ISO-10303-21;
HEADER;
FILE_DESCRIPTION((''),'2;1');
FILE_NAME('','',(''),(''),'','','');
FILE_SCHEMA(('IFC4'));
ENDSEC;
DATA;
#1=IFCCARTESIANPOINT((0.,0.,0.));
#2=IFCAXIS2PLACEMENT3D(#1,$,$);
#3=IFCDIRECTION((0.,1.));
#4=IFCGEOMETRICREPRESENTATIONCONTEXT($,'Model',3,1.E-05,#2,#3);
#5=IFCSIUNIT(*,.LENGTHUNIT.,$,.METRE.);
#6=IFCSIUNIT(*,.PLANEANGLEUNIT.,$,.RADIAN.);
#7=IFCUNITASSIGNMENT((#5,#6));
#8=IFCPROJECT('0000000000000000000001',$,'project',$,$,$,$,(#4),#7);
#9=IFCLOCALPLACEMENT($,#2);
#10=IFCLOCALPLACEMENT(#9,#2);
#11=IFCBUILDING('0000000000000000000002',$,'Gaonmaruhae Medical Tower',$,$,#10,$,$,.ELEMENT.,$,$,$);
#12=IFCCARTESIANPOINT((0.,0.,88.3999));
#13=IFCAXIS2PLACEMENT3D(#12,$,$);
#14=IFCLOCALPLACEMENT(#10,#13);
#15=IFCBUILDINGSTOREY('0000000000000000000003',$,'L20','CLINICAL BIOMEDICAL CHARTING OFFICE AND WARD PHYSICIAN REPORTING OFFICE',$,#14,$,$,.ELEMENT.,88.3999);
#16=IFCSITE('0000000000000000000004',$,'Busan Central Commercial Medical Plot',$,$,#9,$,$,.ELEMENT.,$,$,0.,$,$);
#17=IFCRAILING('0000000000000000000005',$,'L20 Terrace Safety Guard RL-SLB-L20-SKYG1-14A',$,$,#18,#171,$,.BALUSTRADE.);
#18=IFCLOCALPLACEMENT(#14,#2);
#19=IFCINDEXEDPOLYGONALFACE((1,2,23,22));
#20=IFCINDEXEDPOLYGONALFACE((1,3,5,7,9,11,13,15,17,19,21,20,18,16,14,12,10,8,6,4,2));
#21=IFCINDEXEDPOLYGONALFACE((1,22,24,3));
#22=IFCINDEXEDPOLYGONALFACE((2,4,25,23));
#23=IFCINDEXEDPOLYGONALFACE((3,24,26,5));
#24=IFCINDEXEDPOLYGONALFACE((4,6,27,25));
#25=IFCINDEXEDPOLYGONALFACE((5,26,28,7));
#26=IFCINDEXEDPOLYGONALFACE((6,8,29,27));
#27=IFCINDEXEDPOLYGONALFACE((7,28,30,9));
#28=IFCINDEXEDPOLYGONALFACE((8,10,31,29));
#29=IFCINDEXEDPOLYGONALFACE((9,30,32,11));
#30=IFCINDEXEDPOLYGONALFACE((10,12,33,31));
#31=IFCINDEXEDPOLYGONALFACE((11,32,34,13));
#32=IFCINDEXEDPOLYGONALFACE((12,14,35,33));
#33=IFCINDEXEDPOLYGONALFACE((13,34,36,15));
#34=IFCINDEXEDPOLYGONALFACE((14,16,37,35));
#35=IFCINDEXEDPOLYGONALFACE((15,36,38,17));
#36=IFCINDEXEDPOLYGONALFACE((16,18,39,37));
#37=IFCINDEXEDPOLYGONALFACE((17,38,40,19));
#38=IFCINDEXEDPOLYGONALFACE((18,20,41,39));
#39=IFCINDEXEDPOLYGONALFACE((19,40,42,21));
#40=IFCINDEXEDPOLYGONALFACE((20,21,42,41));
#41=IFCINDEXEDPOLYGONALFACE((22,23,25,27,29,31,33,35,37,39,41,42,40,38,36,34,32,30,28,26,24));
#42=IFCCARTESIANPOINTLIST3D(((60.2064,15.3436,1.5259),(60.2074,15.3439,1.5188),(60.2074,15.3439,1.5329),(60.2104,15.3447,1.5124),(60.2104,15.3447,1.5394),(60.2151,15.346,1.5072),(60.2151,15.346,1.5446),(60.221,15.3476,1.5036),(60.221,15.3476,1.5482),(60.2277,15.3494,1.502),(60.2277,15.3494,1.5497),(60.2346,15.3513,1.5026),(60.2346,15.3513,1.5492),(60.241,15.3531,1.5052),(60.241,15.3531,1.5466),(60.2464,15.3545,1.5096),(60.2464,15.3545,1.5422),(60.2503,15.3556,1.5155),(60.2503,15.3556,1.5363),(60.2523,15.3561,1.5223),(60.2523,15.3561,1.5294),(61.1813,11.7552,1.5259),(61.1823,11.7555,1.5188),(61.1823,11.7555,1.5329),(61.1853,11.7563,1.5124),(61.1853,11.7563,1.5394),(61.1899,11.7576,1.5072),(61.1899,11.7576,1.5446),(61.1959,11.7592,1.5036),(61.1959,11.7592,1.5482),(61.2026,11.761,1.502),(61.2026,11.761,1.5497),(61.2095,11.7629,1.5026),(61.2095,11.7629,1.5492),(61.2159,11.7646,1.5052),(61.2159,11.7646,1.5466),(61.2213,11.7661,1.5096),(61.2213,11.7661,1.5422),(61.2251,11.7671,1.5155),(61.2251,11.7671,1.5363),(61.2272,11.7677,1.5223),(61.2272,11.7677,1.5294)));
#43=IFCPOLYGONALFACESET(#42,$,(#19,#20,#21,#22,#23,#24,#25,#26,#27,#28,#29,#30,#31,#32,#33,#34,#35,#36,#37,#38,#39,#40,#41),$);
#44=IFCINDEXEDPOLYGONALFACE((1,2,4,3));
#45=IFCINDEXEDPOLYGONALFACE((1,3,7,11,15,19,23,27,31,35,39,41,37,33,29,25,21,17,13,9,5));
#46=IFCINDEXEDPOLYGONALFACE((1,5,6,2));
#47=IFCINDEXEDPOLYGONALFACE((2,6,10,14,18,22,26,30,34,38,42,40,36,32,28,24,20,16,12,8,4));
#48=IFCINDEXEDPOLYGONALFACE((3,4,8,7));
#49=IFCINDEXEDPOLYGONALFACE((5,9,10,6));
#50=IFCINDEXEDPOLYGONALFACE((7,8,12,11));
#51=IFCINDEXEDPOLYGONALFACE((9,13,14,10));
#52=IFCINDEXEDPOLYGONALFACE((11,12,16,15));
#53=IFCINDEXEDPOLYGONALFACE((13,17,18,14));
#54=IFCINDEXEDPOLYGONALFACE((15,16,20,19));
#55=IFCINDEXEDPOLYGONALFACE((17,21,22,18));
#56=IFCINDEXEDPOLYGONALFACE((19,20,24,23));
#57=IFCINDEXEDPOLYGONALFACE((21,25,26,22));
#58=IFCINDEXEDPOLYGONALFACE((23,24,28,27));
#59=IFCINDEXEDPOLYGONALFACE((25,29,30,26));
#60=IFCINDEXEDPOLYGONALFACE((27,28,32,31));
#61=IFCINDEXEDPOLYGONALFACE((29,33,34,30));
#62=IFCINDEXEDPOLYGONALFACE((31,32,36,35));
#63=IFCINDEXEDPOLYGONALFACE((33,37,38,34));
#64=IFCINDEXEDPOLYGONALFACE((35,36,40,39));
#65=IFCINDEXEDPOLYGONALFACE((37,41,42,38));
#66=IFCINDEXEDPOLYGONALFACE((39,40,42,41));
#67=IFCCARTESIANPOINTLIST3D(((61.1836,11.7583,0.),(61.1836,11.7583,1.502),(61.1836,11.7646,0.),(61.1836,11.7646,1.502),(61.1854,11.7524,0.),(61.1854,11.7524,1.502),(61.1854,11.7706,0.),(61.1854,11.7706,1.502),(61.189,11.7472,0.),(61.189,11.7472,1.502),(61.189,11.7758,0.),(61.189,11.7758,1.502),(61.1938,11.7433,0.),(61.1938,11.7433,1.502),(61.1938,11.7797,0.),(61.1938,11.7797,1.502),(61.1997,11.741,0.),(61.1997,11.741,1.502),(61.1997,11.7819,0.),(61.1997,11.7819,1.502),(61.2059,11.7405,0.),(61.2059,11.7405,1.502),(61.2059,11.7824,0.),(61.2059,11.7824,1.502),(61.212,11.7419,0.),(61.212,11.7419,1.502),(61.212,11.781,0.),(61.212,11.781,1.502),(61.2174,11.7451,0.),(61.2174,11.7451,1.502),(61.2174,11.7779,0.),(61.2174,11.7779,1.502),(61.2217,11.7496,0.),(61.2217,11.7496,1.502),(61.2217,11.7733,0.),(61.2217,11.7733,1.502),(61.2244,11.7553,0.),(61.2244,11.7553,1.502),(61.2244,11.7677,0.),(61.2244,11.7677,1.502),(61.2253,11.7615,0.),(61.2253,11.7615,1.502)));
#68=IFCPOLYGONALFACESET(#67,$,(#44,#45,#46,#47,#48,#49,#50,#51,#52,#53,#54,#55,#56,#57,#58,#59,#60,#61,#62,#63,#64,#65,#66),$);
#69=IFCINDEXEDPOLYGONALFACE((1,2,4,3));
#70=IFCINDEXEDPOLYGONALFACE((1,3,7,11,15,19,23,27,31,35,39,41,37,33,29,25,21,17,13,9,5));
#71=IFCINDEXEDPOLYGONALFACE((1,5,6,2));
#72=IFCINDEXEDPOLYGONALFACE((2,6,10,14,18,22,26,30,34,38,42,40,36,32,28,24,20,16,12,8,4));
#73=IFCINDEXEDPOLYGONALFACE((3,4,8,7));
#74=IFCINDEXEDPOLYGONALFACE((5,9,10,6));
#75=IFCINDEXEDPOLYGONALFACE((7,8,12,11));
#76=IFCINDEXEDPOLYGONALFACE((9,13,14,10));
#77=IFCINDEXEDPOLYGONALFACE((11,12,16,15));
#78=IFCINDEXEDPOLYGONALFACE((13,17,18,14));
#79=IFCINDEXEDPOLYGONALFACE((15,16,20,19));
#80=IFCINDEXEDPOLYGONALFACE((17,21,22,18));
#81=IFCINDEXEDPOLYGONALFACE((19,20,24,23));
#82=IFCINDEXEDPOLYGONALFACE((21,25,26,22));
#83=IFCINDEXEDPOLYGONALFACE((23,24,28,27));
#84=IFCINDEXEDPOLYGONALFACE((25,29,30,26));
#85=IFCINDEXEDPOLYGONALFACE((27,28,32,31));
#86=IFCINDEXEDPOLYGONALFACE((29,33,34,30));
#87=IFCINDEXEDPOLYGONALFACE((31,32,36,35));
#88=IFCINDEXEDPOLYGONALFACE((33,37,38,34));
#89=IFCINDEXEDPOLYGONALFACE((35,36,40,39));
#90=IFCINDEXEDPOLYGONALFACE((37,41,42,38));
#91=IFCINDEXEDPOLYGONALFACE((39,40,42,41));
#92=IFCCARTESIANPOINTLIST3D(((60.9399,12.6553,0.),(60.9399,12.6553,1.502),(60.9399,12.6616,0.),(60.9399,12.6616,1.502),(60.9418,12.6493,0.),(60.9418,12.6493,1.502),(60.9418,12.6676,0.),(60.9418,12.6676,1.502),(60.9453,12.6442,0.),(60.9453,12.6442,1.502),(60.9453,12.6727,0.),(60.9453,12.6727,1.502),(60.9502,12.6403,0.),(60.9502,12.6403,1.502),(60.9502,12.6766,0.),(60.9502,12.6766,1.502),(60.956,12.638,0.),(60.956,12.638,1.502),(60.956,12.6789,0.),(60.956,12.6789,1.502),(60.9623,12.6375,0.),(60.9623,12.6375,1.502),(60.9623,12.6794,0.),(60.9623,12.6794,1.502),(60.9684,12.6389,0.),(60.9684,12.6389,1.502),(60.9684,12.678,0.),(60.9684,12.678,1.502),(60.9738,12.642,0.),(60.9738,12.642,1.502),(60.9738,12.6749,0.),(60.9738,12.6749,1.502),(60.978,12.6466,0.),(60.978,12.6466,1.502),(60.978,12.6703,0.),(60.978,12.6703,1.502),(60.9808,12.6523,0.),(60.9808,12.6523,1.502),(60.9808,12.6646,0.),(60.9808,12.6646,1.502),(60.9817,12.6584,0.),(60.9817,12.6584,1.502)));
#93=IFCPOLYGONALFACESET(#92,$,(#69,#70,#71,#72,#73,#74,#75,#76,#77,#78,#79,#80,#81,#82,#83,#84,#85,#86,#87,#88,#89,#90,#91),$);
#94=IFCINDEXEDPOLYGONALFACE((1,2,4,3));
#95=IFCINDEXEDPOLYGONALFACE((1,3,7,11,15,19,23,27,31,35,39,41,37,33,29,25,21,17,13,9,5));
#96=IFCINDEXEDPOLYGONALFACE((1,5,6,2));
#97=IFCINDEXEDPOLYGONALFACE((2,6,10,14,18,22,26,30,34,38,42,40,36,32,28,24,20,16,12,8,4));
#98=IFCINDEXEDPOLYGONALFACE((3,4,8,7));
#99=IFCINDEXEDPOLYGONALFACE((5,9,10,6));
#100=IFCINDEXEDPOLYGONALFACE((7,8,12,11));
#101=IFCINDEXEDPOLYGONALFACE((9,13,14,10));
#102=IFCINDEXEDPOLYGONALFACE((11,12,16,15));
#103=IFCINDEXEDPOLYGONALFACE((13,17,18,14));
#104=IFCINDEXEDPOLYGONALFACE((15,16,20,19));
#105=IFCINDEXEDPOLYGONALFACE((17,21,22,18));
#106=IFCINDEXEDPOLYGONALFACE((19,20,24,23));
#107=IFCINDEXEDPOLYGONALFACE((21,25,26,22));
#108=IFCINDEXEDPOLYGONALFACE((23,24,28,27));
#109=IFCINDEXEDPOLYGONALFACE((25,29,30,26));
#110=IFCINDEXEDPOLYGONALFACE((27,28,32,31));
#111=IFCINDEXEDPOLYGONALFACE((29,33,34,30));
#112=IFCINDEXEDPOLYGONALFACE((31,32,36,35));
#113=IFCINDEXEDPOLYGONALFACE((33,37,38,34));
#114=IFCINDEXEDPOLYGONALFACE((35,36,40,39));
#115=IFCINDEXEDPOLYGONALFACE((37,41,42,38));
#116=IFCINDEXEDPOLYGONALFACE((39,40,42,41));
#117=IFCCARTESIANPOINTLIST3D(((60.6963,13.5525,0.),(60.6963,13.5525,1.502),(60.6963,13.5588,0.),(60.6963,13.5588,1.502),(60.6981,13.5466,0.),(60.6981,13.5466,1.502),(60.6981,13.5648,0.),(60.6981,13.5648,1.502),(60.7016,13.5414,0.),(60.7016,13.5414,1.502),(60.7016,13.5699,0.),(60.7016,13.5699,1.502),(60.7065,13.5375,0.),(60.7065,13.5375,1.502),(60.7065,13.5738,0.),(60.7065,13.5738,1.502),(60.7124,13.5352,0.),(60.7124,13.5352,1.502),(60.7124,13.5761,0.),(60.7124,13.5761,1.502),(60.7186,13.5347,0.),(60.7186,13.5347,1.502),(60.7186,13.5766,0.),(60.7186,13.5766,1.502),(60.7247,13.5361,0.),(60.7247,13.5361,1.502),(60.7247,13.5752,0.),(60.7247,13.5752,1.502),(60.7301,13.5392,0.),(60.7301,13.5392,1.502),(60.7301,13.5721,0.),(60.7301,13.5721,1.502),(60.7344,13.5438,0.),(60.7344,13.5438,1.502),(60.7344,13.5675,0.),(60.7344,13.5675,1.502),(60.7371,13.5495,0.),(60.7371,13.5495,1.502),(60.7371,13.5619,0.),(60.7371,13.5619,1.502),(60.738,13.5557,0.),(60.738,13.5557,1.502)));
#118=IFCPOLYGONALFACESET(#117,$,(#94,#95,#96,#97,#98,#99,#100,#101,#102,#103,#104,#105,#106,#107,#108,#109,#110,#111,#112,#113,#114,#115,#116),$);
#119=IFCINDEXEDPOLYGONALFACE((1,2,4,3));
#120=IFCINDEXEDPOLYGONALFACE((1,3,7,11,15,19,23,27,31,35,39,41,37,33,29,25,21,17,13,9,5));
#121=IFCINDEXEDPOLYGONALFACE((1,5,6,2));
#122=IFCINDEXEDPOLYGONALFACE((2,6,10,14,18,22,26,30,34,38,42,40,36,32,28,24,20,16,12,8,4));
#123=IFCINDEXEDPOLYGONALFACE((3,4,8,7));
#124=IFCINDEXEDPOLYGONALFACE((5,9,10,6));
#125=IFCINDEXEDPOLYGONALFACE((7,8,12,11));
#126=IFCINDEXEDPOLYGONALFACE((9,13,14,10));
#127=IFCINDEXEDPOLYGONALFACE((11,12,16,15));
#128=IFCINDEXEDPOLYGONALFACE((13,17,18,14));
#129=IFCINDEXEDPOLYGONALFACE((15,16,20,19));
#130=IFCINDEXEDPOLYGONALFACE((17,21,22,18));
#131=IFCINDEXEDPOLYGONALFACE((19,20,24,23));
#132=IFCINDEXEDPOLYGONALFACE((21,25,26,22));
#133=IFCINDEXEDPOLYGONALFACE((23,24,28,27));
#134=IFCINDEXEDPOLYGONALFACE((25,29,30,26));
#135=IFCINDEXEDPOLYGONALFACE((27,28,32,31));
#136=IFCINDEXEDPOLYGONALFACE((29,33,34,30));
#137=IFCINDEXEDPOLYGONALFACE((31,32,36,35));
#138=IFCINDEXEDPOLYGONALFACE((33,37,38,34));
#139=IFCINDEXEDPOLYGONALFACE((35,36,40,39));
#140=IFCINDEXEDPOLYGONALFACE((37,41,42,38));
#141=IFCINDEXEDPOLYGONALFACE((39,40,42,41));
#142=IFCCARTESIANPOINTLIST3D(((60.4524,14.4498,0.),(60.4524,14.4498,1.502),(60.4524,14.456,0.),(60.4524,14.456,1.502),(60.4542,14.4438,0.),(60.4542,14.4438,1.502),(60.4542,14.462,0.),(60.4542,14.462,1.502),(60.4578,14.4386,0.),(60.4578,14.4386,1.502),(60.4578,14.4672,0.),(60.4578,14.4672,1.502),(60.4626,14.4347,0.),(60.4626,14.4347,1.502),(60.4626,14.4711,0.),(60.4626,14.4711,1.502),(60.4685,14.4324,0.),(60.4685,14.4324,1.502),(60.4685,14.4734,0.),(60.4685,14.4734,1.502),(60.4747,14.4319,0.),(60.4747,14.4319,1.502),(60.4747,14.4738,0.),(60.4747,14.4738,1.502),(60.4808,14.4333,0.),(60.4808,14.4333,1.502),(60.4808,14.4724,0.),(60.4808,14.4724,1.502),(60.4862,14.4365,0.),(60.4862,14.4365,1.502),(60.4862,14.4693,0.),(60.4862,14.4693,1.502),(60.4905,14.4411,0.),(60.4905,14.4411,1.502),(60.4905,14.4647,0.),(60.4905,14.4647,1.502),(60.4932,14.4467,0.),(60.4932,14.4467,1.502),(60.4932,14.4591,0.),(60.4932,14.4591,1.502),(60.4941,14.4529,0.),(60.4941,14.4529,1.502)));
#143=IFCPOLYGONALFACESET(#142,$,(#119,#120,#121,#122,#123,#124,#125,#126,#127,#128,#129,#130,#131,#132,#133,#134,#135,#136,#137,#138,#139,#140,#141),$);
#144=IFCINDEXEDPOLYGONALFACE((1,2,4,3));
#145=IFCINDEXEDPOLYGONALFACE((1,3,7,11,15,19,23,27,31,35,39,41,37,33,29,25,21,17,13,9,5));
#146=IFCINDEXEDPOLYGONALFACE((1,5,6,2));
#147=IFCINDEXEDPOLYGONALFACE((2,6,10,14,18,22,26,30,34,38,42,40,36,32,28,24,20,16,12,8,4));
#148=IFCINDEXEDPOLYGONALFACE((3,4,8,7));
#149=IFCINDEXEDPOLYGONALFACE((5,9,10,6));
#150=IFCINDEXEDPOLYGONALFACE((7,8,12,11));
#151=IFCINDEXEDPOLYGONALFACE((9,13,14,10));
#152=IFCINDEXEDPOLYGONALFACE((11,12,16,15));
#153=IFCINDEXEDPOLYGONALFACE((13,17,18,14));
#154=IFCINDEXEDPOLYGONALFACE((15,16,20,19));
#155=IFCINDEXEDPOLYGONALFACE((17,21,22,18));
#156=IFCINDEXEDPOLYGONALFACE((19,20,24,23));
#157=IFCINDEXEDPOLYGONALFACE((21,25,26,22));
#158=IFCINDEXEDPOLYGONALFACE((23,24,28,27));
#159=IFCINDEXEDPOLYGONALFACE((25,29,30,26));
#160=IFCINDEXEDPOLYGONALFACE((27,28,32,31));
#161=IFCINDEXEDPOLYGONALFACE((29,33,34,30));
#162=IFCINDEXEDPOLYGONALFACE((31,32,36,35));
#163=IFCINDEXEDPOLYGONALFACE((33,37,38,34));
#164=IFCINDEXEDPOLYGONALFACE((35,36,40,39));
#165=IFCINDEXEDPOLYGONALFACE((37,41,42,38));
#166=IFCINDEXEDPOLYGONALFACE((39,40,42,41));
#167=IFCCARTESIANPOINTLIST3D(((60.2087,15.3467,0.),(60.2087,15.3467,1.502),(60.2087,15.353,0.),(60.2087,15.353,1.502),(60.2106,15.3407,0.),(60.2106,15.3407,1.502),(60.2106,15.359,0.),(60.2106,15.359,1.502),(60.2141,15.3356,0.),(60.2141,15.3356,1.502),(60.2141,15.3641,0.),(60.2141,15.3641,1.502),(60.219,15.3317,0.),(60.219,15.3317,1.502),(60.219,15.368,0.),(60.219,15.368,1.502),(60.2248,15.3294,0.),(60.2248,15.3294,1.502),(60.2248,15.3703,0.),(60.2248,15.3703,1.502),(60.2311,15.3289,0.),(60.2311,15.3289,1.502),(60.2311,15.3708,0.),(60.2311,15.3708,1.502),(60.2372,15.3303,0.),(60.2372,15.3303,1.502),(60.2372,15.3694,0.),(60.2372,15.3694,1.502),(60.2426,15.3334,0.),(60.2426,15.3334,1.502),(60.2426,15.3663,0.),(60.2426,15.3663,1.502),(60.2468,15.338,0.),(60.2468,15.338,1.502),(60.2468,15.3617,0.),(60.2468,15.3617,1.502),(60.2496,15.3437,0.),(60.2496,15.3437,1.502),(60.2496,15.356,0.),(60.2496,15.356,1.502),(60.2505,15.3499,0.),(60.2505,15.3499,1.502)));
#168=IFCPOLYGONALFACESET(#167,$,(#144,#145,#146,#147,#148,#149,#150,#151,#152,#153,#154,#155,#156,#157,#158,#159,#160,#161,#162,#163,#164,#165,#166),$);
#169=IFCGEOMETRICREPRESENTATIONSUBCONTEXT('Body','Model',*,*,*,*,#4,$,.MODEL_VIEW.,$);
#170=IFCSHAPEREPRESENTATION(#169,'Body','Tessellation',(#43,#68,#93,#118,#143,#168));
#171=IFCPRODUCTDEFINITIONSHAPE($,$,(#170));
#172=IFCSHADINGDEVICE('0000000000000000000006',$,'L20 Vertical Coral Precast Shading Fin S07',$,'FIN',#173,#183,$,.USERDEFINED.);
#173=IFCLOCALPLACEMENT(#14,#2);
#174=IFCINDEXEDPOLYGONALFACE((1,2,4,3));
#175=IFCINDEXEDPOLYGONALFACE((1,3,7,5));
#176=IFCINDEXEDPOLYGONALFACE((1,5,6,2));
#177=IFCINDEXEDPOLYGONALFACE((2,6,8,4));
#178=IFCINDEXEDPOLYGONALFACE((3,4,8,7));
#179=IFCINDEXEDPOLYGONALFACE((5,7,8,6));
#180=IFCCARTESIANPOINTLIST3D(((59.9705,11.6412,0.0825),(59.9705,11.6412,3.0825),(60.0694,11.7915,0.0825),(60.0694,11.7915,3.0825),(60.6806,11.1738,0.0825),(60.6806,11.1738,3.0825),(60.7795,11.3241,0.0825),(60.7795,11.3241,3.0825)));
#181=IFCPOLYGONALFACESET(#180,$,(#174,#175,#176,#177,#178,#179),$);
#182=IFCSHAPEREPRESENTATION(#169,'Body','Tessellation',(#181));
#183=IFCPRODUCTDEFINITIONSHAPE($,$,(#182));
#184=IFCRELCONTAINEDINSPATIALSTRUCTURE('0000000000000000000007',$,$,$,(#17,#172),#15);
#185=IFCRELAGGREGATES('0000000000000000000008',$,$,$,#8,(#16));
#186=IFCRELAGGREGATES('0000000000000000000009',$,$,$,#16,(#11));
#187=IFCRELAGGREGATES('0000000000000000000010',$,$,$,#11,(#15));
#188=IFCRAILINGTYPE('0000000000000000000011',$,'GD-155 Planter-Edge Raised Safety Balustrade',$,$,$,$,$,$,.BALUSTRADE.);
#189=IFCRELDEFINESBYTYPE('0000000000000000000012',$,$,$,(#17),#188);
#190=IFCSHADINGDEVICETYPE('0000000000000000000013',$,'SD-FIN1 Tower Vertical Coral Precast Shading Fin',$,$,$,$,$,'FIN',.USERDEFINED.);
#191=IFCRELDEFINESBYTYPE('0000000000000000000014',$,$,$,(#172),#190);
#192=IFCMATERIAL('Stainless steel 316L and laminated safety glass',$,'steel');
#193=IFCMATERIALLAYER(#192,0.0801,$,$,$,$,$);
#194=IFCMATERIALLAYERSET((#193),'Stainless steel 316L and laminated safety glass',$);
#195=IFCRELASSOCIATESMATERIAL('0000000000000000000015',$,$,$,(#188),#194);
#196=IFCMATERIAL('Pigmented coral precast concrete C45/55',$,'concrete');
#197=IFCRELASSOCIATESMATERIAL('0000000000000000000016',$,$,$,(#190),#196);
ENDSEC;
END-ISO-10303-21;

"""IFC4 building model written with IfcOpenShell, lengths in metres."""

from ifc_helpers import new_model, si_unit, direction, frame, origin, origin_2d, place, context, subcontext, project, spatial, rectangle, circle, extrude, material, layer, layer_set, type_object, element, save


model = new_model("IFC4")

# Units and contexts
model_context = context("Model", 3, precision=1e-05, world=origin(), true_north=direction((0.0, 1.0)))
body_context = subcontext(model_context, "Body", "Model", "MODEL_VIEW")
ifc_project = project(units=[si_unit("LENGTHUNIT", "METRE"), si_unit("PLANEANGLEUNIT", "RADIAN")], contexts=[model_context])

# Site, building, storey
site_placement = place(None, origin())
site = spatial("IfcSite", under=ifc_project, at=site_placement, Name="Busan Central Commercial Medical Plot", CompositionType="ELEMENT", RefElevation=0.0)
building_placement = place(site_placement, origin())
building = spatial("IfcBuilding", under=site, at=building_placement, Name="Gaonmaruhae Medical Tower", CompositionType="ELEMENT")
storey_placement = place(building_placement, frame((0.0, 0.0, 88.3999)))
storey = spatial("IfcBuildingStorey", under=building, at=storey_placement, Name="L20", Description="CLINICAL BIOMEDICAL CHARTING OFFICE AND WARD PHYSICIAN REPORTING OFFICE", CompositionType="ELEMENT", Elevation=88.3999)

# Railing
ifc_material_1 = material(Name="Stainless steel 316L and laminated safety glass", Category="steel")
ifc_layer_1 = layer(ifc_material_1, 0.0801)
ifc_layer_set_1 = layer_set([ifc_layer_1], Name="Stainless steel 316L and laminated safety glass")
railing_type = type_object("IfcRailingType", Name="GD-155 Planter-Edge Raised Safety Balustrade", PredefinedType="BALUSTRADE", material=ifc_layer_set_1)
railing_1_placement = place(storey_placement, frame((61.2043, 11.7615, 0.0)))
element("IfcRailing", 1, at=railing_1_placement, inside=storey, type_object=railing_type, Name="L20 Terrace Safety Guard RL-SLB-L20-SKYG1-14A", PredefinedType="BALUSTRADE", context=body_context, shape_type="SweptSolid", body=[
    extrude(circle(Radius=0.0239, at=origin_2d()), frame((0.0, 0.0, 1.5259), z_axis=(-0.262167, 0.965022, 0.0), x_axis=(-0.965022, -0.262167, 0.0)), (0.0, 0.0, 1.0), 3.7185),
    extrude(circle(Radius=0.021, at=origin_2d()), origin(), (0.0, 0.0, 1.0), 1.502),
    extrude(circle(Radius=0.021, at=origin_2d()), frame((-0.2437, 0.897, 0.0)), (0.0, 0.0, 1.0), 1.502),
    extrude(circle(Radius=0.021, at=origin_2d()), frame((-0.4873, 1.7942, 0.0)), (0.0, 0.0, 1.0), 1.502),
    extrude(circle(Radius=0.021, at=origin_2d()), frame((-0.7312, 2.6914, 0.0)), (0.0, 0.0, 1.0), 1.502),
    extrude(circle(Radius=0.021, at=origin_2d()), frame((-0.9749, 3.5884, 0.0)), (0.0, 0.0, 1.0), 1.502),
])

# Shading device
ifc_material_2 = material(Name="Pigmented coral precast concrete C45/55", Category="concrete")
shading_device_type = type_object("IfcShadingDeviceType", Name="SD-FIN1 Tower Vertical Coral Precast Shading Fin", ElementType="FIN", PredefinedType="USERDEFINED", material=ifc_material_2)
shading_device_placement = place(storey_placement, frame((60.375, 11.4827, 0.0825), z_axis=(0.0, 0.0, 1.0), x_axis=(-0.549781, -0.835309, 0.0)))
element("IfcShadingDevice", 2, at=shading_device_placement, inside=storey, type_object=shading_device_type, Name="L20 Vertical Coral Precast Shading Fin S07", ObjectType="FIN", PredefinedType="USERDEFINED", context=body_context, shape_type="SweptSolid", body=[
    extrude(rectangle(XDim=0.1799, YDim=0.8501, at=origin_2d()), origin(), (0.0, 0.0, 1.0), 3.0),
])

save(model, "model.ifc")
